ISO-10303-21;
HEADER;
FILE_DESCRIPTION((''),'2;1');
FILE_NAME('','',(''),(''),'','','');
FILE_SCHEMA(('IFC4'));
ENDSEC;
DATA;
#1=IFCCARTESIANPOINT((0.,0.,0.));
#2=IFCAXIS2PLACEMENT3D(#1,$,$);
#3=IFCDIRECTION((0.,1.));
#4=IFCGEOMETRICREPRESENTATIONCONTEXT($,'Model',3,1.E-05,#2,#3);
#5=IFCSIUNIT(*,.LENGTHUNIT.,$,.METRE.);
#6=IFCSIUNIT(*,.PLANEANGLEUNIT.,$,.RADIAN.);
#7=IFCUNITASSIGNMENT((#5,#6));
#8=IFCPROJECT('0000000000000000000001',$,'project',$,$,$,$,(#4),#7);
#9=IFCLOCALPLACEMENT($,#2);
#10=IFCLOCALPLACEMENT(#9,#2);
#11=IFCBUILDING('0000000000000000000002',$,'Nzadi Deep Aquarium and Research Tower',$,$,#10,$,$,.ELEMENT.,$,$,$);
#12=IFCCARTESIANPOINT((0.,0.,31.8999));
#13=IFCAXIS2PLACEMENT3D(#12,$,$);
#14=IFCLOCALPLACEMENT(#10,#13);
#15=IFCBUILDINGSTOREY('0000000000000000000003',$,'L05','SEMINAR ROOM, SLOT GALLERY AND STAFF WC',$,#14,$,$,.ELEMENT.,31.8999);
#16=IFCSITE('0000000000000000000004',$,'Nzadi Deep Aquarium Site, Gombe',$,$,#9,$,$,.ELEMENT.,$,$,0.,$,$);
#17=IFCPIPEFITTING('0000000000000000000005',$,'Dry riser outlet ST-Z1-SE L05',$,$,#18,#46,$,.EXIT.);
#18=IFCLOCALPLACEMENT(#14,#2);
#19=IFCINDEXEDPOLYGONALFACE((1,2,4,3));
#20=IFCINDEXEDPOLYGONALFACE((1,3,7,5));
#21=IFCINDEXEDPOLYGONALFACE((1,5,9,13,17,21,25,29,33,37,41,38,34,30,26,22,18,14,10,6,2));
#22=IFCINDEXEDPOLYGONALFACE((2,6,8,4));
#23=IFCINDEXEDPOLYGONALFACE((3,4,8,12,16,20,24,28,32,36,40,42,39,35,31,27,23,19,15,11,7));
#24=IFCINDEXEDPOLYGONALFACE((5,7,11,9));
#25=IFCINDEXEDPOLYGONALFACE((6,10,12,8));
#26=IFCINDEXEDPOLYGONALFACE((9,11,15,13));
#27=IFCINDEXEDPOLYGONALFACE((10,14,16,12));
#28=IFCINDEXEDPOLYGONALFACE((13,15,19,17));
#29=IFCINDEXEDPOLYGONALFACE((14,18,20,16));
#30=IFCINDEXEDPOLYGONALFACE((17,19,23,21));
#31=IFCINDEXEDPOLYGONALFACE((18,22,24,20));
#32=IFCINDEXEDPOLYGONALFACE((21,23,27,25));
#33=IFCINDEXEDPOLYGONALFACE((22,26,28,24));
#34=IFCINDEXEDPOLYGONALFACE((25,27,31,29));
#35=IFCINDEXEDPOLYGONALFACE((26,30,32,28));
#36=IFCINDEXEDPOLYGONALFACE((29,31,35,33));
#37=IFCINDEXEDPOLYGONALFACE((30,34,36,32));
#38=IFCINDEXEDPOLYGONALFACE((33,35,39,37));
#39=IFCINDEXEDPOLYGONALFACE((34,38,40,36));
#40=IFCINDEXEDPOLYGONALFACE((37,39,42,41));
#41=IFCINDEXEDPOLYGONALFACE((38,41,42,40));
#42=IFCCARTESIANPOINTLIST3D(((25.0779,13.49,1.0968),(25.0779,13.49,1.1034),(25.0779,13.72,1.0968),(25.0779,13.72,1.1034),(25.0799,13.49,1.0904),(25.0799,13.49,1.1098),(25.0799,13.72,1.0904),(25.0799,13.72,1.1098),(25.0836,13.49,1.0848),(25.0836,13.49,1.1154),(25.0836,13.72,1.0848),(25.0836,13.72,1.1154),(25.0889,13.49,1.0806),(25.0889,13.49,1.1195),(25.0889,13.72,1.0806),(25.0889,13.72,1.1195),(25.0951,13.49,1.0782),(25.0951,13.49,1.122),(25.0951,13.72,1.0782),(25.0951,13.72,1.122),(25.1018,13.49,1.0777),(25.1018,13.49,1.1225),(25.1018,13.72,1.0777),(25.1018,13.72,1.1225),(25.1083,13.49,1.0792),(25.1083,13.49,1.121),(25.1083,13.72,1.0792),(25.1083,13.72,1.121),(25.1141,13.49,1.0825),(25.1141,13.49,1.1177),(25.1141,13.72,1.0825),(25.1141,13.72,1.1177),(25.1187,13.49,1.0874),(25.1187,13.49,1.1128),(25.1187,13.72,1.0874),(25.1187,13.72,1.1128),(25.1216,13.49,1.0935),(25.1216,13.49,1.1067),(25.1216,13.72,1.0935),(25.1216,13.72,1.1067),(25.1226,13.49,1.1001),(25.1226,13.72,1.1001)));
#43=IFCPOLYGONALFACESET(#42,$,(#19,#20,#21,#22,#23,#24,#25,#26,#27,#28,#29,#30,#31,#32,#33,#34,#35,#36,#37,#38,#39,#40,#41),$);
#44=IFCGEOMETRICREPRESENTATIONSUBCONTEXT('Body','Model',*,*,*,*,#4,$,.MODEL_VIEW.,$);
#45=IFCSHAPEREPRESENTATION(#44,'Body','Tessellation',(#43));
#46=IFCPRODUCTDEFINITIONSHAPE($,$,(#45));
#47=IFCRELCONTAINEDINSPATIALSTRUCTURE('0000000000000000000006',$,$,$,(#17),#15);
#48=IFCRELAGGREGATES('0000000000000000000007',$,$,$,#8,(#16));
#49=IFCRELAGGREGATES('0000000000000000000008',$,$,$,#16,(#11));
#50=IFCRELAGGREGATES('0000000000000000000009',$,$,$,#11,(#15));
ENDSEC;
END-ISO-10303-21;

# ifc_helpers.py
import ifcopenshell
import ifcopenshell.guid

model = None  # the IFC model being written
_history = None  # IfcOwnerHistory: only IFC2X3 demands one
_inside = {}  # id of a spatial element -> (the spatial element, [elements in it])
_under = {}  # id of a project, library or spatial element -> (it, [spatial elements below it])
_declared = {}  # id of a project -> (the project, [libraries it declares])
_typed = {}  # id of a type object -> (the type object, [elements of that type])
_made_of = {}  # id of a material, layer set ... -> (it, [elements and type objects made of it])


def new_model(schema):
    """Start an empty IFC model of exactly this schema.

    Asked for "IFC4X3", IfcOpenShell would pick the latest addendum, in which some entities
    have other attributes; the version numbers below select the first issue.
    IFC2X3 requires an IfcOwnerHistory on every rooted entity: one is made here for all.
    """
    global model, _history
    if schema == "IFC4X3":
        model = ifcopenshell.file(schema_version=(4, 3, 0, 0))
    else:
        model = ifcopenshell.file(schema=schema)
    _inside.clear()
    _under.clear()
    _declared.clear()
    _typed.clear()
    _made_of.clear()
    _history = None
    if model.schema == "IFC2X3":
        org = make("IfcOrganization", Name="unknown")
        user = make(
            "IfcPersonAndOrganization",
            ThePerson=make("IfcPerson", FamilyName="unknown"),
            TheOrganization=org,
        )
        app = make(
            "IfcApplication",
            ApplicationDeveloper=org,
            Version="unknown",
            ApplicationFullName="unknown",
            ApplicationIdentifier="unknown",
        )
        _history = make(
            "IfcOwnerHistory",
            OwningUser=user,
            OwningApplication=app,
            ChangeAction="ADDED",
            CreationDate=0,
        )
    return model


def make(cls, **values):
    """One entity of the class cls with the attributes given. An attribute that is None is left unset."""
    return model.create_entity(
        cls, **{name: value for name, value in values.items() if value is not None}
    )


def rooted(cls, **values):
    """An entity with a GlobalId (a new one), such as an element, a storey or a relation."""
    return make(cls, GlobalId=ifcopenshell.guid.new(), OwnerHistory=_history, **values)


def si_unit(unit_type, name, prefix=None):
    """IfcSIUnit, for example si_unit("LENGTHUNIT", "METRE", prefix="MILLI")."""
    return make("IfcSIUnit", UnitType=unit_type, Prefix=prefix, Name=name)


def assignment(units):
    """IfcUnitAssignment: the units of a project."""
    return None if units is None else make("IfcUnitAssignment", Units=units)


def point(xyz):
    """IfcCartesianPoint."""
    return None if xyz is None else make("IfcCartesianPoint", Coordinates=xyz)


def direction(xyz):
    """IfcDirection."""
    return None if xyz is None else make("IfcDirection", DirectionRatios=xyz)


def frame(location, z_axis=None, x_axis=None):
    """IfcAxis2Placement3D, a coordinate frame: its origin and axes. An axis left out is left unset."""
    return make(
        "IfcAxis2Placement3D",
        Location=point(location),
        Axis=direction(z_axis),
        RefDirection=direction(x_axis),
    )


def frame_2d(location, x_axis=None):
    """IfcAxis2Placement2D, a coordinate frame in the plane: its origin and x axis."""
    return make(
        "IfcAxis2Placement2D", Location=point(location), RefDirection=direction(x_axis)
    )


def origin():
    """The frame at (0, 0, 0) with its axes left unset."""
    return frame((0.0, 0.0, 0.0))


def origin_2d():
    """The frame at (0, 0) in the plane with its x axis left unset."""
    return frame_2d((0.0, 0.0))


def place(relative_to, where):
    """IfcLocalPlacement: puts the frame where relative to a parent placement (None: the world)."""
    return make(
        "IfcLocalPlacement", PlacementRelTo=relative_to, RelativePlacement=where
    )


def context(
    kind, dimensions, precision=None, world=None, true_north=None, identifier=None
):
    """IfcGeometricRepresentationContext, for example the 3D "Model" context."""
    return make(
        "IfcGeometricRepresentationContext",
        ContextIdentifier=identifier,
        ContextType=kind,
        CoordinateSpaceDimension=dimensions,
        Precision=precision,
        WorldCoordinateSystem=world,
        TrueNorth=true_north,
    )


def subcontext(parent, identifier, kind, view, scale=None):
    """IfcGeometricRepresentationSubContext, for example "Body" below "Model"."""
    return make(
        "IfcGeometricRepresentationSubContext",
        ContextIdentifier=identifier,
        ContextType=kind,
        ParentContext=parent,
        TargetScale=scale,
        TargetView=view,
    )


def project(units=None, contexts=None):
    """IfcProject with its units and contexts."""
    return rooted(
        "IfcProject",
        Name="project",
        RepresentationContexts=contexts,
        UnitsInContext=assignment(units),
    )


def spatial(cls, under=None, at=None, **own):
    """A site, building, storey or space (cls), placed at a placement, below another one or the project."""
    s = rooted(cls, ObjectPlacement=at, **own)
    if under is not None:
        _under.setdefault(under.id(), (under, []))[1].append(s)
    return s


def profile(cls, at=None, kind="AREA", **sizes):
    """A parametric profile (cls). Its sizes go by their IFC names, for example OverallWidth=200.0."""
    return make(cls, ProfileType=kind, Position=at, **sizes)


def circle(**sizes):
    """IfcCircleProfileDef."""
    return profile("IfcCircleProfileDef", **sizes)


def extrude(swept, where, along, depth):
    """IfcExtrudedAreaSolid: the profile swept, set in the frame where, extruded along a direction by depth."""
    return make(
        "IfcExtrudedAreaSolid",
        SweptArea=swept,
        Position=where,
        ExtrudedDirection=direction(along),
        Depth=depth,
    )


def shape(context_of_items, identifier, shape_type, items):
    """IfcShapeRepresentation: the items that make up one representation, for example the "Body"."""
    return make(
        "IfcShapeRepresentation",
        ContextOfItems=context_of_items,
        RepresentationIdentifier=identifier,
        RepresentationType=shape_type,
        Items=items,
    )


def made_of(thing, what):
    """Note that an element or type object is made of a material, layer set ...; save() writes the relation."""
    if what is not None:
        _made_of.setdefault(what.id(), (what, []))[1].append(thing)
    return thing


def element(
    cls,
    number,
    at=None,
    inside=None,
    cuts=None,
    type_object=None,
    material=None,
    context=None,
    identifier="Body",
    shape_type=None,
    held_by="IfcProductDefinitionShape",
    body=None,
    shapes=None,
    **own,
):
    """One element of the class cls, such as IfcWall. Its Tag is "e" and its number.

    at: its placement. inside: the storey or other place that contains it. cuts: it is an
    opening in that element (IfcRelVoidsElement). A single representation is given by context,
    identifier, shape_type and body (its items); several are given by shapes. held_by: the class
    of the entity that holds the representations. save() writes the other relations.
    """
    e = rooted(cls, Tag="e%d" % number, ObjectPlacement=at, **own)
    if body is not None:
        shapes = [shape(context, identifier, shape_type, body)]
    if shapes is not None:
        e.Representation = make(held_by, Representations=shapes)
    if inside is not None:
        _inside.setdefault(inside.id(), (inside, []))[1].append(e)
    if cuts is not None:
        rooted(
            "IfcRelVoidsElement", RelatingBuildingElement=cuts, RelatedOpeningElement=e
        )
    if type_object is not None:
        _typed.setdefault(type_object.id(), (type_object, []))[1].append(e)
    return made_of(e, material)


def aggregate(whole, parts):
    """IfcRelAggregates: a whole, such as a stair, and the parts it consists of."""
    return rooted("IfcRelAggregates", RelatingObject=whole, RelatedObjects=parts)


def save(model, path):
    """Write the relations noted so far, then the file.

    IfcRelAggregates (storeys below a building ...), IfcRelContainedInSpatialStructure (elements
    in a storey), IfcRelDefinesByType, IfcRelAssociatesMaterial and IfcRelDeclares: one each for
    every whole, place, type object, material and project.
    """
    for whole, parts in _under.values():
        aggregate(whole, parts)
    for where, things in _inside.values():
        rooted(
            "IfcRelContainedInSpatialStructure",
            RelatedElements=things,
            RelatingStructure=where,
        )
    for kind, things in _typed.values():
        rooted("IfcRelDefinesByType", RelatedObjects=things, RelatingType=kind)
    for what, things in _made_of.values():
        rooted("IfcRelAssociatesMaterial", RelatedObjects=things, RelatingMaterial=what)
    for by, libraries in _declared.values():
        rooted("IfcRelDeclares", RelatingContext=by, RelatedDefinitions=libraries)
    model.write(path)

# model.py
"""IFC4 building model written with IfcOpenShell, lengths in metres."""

from ifc_helpers import new_model, si_unit, direction, frame, origin, origin_2d, place, context, subcontext, project, spatial, circle, extrude, element, save


model = new_model("IFC4")

# Units and contexts
model_context = context("Model", 3, precision=1e-05, world=origin(), true_north=direction((0.0, 1.0)))
body_context = subcontext(model_context, "Body", "Model", "MODEL_VIEW")
ifc_project = project(units=[si_unit("LENGTHUNIT", "METRE"), si_unit("PLANEANGLEUNIT", "RADIAN")], contexts=[model_context])

# Site, building, storey
site_placement = place(None, origin())
site = spatial("IfcSite", under=ifc_project, at=site_placement, Name="Nzadi Deep Aquarium Site, Gombe", CompositionType="ELEMENT", RefElevation=0.0)
building_placement = place(site_placement, origin())
building = spatial("IfcBuilding", under=site, at=building_placement, Name="Nzadi Deep Aquarium and Research Tower", CompositionType="ELEMENT")
storey_placement = place(building_placement, frame((0.0, 0.0, 31.8999)))
storey = spatial("IfcBuildingStorey", under=building, at=storey_placement, Name="L05", Description="SEMINAR ROOM, SLOT GALLERY AND STAFF WC", CompositionType="ELEMENT", Elevation=31.8999)

# Pipe fitting
pipe_fitting_placement = place(storey_placement, frame((25.1001, 13.72, 1.1001), z_axis=(0.0, -1.0, 0.0), x_axis=(1.0, 0.0, 0.0)))
element("IfcPipeFitting", 1, at=pipe_fitting_placement, inside=storey, Name="Dry riser outlet ST-Z1-SE L05", PredefinedType="EXIT", context=body_context, shape_type="SweptSolid", body=[
    extrude(circle(Radius=0.0225, at=origin_2d()), origin(), (0.0, 0.0, 1.0), 0.23),
])

save(model, "model.ifc")
